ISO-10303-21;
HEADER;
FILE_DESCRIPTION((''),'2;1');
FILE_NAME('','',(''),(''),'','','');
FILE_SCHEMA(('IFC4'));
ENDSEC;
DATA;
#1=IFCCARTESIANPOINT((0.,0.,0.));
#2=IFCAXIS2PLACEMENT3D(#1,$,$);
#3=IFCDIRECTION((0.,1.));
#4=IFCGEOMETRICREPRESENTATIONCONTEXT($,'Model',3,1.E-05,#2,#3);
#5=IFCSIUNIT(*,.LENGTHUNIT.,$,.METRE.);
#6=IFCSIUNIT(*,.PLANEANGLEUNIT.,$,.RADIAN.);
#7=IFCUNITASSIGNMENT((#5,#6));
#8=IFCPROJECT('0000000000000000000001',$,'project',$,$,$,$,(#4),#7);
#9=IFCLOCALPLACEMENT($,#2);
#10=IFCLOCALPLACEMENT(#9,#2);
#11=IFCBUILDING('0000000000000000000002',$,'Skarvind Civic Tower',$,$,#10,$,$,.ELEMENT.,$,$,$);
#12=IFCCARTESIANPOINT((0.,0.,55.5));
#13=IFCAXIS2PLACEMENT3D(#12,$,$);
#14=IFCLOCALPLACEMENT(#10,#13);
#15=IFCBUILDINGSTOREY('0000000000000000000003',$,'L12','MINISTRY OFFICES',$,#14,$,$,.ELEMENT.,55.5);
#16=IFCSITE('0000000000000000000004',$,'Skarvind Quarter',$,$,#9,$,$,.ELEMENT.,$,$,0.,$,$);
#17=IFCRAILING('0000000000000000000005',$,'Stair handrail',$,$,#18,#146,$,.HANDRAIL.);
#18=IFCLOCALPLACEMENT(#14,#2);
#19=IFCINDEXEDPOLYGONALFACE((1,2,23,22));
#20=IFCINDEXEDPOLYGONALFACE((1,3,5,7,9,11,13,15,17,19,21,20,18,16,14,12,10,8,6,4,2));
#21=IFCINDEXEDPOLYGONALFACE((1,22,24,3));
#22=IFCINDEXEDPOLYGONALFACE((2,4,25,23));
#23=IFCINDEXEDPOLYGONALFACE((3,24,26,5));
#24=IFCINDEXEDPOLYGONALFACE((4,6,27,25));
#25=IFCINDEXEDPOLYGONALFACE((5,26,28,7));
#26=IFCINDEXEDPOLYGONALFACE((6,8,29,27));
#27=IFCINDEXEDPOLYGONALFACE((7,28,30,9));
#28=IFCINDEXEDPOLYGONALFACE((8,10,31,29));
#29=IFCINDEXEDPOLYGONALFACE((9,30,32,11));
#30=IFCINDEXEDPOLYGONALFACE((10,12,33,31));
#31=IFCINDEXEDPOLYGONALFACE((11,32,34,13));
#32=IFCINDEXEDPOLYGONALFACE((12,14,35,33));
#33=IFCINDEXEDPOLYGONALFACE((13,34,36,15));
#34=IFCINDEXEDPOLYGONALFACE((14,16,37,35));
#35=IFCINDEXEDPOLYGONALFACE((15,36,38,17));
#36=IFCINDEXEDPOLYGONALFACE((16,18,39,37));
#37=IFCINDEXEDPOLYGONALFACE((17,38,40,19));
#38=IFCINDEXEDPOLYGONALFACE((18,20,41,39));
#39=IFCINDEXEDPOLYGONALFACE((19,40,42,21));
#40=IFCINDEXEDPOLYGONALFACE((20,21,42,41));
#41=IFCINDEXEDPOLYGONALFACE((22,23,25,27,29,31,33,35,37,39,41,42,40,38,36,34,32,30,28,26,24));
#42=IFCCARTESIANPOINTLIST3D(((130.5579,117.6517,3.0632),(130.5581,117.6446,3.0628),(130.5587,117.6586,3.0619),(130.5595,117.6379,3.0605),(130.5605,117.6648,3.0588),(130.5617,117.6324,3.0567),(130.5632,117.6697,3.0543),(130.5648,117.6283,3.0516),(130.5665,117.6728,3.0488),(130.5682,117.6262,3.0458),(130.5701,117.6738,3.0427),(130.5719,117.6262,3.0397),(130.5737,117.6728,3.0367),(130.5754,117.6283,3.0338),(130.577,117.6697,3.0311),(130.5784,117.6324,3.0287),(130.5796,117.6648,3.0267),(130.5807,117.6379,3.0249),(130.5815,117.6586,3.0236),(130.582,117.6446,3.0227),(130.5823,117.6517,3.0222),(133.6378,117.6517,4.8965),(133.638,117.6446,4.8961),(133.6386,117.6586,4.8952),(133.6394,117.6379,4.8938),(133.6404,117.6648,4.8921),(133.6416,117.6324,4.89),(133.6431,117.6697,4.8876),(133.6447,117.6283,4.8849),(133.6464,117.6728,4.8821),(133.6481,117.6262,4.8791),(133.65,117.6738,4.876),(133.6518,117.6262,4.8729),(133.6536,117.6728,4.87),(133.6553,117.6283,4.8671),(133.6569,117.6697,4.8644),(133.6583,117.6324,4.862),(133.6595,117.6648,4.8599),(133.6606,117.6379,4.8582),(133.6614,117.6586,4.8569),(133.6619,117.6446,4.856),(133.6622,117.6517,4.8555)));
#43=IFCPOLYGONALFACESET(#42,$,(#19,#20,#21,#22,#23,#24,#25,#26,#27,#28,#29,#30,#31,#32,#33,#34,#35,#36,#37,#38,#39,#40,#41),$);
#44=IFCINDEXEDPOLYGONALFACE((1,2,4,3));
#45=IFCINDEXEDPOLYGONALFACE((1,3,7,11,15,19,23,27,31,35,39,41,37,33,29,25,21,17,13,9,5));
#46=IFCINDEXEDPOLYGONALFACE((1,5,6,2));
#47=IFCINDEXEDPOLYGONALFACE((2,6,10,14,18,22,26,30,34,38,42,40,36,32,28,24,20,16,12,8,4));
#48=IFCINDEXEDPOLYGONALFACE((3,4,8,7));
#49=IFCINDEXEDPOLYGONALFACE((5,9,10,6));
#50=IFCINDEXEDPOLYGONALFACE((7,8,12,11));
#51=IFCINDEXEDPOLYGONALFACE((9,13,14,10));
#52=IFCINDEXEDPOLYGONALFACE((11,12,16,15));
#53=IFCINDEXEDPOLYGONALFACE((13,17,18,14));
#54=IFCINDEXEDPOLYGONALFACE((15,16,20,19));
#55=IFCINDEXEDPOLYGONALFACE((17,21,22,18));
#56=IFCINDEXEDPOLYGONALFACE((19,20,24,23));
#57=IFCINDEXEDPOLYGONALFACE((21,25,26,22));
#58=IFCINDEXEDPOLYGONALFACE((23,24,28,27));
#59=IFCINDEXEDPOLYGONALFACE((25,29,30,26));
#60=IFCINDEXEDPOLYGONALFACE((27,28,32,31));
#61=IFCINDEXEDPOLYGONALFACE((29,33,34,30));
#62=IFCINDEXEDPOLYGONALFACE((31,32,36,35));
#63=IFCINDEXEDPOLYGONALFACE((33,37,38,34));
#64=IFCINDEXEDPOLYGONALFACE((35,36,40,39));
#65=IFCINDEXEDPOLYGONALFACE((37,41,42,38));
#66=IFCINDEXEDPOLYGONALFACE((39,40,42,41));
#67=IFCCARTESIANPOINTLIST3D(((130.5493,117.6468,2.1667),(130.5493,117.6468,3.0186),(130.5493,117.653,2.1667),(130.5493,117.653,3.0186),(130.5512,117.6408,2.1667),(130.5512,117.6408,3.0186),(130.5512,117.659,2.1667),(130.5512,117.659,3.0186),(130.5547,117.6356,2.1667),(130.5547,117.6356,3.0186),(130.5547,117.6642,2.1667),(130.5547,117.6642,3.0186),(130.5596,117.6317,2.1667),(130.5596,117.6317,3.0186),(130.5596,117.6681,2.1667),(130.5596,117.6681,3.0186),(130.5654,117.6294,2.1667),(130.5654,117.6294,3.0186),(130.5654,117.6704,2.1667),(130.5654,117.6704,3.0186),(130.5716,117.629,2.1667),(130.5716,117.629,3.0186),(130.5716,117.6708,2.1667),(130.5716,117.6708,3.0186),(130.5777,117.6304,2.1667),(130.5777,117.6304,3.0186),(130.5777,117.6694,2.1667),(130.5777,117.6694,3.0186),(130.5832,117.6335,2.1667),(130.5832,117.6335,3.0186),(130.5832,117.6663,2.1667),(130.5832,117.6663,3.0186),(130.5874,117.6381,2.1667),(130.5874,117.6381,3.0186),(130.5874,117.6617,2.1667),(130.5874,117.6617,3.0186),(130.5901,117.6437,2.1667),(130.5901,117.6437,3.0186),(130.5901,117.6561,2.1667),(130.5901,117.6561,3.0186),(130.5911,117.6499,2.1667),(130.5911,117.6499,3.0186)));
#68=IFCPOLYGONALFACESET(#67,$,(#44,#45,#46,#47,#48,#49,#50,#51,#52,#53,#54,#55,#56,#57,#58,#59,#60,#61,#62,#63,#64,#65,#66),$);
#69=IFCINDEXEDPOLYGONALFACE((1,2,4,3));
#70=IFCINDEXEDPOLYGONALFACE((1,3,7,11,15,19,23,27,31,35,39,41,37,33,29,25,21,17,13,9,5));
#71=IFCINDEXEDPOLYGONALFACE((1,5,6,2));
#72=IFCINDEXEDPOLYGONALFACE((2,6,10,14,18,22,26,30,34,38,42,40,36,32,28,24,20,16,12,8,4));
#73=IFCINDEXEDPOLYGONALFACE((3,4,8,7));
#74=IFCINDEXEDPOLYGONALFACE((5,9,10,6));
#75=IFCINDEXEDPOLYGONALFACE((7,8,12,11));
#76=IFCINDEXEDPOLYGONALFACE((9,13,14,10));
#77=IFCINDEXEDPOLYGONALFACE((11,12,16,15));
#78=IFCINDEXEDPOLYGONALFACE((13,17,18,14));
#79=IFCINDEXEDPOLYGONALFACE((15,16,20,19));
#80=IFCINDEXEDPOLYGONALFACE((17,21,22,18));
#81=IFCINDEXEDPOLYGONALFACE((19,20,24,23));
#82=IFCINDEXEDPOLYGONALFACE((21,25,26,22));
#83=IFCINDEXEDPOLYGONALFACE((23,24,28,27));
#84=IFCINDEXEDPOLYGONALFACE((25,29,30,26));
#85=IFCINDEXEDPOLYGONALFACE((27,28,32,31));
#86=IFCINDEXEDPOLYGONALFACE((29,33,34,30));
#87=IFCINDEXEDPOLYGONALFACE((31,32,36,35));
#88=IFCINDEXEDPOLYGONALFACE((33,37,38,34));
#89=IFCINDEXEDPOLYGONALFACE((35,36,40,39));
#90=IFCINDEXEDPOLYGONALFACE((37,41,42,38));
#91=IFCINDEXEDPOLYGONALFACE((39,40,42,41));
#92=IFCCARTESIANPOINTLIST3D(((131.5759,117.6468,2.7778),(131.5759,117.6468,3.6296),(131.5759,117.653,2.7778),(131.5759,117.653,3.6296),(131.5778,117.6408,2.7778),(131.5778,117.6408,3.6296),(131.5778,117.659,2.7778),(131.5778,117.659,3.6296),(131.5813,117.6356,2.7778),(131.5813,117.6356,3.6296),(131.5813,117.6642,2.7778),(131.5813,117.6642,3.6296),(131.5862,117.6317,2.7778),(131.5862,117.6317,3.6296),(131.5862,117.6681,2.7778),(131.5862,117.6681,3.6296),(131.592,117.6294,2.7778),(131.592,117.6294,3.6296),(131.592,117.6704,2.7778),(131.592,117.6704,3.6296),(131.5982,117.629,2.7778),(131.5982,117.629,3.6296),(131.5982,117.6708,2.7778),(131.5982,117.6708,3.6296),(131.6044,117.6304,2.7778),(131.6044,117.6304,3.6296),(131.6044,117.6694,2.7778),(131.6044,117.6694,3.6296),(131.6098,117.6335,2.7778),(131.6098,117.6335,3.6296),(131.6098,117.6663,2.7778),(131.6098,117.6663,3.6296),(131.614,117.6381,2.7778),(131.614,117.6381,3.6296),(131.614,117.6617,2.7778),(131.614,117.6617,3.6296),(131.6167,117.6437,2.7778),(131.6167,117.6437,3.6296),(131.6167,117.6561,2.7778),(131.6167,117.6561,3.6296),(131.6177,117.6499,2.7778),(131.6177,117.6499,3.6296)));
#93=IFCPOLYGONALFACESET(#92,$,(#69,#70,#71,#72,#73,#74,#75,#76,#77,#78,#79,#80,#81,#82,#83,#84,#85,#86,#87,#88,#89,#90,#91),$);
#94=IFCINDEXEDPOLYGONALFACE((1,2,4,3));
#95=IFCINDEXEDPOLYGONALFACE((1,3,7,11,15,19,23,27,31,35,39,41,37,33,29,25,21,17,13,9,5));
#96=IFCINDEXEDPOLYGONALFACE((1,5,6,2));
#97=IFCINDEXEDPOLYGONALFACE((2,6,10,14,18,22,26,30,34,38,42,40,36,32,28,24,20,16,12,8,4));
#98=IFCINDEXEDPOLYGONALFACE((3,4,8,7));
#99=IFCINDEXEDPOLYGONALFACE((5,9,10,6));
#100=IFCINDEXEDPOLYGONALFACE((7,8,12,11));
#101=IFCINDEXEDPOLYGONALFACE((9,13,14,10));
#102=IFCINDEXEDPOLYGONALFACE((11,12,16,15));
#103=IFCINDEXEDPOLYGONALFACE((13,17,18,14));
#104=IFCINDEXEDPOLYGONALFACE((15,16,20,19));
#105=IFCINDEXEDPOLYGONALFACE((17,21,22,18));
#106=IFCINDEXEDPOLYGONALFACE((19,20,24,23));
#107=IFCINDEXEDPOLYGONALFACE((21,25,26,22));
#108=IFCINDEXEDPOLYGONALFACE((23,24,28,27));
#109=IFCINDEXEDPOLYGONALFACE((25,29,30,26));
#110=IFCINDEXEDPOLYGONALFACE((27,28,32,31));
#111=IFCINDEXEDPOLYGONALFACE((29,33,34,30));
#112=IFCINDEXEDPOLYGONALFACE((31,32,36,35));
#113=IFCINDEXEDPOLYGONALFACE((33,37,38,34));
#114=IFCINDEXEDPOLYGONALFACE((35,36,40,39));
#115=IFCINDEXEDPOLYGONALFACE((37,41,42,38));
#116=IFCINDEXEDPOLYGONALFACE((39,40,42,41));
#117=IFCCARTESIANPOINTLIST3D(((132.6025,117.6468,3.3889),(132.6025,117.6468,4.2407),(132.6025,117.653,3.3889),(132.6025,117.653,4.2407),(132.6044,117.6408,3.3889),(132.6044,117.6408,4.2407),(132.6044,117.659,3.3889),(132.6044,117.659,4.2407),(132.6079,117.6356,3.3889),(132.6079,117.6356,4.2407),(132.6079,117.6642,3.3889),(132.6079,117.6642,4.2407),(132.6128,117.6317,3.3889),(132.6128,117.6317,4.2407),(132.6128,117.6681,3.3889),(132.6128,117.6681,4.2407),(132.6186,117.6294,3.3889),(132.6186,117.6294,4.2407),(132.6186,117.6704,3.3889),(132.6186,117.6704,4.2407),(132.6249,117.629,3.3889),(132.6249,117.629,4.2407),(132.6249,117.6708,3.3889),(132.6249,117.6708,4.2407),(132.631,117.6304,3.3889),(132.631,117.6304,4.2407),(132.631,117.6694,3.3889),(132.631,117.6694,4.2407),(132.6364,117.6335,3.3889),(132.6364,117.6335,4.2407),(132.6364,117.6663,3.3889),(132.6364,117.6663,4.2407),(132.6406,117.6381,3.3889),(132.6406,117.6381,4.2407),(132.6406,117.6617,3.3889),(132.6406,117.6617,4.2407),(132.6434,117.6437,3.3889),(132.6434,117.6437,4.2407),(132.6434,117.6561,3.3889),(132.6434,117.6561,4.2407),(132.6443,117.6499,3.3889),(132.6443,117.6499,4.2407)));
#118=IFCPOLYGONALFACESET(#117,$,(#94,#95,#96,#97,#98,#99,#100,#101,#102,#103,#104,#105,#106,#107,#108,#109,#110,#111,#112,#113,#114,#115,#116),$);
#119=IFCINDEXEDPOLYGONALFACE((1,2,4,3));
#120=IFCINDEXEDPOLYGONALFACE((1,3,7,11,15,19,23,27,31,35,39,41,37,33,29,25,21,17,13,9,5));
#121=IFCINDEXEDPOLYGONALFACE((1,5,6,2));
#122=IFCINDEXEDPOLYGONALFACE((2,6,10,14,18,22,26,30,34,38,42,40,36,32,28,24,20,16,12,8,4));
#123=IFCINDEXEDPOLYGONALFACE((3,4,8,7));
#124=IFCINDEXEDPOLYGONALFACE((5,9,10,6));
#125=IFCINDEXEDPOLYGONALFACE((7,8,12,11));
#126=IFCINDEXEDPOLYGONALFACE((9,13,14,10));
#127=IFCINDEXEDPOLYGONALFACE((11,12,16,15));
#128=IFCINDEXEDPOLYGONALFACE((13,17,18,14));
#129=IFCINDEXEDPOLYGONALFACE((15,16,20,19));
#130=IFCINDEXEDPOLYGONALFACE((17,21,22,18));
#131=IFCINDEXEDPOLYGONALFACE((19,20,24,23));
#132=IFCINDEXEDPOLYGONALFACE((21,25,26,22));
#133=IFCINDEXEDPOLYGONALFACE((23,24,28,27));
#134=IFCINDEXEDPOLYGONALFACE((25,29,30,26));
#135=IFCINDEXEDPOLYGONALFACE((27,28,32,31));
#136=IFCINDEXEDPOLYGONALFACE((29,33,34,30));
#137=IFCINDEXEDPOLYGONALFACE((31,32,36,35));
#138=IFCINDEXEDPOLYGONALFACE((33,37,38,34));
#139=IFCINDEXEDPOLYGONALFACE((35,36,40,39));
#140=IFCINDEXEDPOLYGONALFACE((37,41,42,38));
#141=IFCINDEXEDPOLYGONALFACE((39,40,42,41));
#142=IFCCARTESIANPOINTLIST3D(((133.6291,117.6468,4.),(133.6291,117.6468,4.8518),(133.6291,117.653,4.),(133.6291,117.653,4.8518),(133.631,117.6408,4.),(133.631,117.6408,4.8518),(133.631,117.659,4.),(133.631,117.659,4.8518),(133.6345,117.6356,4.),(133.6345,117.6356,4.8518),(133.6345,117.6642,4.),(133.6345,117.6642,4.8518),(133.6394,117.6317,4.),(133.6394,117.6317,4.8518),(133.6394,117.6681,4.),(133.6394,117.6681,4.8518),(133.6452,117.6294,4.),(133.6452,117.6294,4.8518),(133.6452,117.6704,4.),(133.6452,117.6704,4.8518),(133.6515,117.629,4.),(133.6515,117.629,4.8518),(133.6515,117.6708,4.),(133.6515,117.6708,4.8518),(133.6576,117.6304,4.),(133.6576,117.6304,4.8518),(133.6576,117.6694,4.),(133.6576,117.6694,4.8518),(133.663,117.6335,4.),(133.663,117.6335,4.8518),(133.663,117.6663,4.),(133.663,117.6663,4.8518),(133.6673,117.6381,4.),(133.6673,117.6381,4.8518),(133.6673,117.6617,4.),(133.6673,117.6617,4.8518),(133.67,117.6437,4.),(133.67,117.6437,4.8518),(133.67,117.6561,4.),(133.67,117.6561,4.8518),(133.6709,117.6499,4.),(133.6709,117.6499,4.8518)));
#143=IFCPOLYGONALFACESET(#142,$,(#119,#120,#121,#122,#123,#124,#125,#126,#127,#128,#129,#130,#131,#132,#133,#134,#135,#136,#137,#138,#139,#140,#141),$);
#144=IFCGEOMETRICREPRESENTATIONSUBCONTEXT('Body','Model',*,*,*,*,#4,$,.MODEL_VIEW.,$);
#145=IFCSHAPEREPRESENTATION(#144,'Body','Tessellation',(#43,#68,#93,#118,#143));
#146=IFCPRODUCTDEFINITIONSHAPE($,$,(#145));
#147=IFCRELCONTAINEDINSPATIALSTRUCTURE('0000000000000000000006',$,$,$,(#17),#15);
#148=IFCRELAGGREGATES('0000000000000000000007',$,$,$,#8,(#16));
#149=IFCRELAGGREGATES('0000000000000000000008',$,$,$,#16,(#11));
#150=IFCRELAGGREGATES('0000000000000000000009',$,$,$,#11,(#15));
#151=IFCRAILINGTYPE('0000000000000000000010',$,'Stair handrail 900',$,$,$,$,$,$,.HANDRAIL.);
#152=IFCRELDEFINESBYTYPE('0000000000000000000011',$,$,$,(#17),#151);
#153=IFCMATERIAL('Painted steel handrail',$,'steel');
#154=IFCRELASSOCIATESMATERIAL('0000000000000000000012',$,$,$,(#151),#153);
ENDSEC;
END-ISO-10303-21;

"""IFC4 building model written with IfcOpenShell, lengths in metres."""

from ifc_helpers import new_model, si_unit, direction, frame, origin, origin_2d, place, context, subcontext, project, spatial, circle, extrude, material, type_object, element, save


model = new_model("IFC4")

# Units and contexts
model_context = context("Model", 3, precision=1e-05, world=origin(), true_north=direction((0.0, 1.0)))
body_context = subcontext(model_context, "Body", "Model", "MODEL_VIEW")
ifc_project = project(units=[si_unit("LENGTHUNIT", "METRE"), si_unit("PLANEANGLEUNIT", "RADIAN")], contexts=[model_context])

# Site, building, storey
site_placement = place(None, origin())
site = spatial("IfcSite", under=ifc_project, at=site_placement, Name="Skarvind Quarter", CompositionType="ELEMENT", RefElevation=0.0)
building_placement = place(site_placement, origin())
building = spatial("IfcBuilding", under=site, at=building_placement, Name="Skarvind Civic Tower", CompositionType="ELEMENT")
storey_placement = place(building_placement, frame((0.0, 0.0, 55.5)))
storey = spatial("IfcBuildingStorey", under=building, at=storey_placement, Name="L12", Description="MINISTRY OFFICES", CompositionType="ELEMENT", Elevation=55.5)

# Railing
ifc_material_1 = material(Name="Painted steel handrail", Category="steel")
railing_type = type_object("IfcRailingType", Name="Stair handrail 900", PredefinedType="HANDRAIL", material=ifc_material_1)
railing_1_placement = place(storey_placement, frame((130.5701, 117.6499, 2.1667)))
element("IfcRailing", 1, at=railing_1_placement, inside=storey, type_object=railing_type, Name="Stair handrail", PredefinedType="HANDRAIL", context=body_context, shape_type="SweptSolid", body=[
    extrude(circle(Radius=0.0239, at=origin_2d()), frame((0.0, 0.0, 0.876), z_axis=(0.859291, 0.0, 0.511487), x_axis=(0.0, 1.0, 0.0)), (0.0, 0.0, 1.0), 3.5842),
    extrude(circle(Radius=0.021, at=origin_2d()), origin(), (0.0, 0.0, 1.0), 0.8518),
    extrude(circle(Radius=0.021, at=origin_2d()), frame((1.0266, 0.0, 0.6111)), (0.0, 0.0, 1.0), 0.8518),
    extrude(circle(Radius=0.021, at=origin_2d()), frame((2.0532, 0.0, 1.2222)), (0.0, 0.0, 1.0), 0.8518),
    extrude(circle(Radius=0.021, at=origin_2d()), frame((3.0798, 0.0, 1.8333)), (0.0, 0.0, 1.0), 0.8518),
])

save(model, "model.ifc")
